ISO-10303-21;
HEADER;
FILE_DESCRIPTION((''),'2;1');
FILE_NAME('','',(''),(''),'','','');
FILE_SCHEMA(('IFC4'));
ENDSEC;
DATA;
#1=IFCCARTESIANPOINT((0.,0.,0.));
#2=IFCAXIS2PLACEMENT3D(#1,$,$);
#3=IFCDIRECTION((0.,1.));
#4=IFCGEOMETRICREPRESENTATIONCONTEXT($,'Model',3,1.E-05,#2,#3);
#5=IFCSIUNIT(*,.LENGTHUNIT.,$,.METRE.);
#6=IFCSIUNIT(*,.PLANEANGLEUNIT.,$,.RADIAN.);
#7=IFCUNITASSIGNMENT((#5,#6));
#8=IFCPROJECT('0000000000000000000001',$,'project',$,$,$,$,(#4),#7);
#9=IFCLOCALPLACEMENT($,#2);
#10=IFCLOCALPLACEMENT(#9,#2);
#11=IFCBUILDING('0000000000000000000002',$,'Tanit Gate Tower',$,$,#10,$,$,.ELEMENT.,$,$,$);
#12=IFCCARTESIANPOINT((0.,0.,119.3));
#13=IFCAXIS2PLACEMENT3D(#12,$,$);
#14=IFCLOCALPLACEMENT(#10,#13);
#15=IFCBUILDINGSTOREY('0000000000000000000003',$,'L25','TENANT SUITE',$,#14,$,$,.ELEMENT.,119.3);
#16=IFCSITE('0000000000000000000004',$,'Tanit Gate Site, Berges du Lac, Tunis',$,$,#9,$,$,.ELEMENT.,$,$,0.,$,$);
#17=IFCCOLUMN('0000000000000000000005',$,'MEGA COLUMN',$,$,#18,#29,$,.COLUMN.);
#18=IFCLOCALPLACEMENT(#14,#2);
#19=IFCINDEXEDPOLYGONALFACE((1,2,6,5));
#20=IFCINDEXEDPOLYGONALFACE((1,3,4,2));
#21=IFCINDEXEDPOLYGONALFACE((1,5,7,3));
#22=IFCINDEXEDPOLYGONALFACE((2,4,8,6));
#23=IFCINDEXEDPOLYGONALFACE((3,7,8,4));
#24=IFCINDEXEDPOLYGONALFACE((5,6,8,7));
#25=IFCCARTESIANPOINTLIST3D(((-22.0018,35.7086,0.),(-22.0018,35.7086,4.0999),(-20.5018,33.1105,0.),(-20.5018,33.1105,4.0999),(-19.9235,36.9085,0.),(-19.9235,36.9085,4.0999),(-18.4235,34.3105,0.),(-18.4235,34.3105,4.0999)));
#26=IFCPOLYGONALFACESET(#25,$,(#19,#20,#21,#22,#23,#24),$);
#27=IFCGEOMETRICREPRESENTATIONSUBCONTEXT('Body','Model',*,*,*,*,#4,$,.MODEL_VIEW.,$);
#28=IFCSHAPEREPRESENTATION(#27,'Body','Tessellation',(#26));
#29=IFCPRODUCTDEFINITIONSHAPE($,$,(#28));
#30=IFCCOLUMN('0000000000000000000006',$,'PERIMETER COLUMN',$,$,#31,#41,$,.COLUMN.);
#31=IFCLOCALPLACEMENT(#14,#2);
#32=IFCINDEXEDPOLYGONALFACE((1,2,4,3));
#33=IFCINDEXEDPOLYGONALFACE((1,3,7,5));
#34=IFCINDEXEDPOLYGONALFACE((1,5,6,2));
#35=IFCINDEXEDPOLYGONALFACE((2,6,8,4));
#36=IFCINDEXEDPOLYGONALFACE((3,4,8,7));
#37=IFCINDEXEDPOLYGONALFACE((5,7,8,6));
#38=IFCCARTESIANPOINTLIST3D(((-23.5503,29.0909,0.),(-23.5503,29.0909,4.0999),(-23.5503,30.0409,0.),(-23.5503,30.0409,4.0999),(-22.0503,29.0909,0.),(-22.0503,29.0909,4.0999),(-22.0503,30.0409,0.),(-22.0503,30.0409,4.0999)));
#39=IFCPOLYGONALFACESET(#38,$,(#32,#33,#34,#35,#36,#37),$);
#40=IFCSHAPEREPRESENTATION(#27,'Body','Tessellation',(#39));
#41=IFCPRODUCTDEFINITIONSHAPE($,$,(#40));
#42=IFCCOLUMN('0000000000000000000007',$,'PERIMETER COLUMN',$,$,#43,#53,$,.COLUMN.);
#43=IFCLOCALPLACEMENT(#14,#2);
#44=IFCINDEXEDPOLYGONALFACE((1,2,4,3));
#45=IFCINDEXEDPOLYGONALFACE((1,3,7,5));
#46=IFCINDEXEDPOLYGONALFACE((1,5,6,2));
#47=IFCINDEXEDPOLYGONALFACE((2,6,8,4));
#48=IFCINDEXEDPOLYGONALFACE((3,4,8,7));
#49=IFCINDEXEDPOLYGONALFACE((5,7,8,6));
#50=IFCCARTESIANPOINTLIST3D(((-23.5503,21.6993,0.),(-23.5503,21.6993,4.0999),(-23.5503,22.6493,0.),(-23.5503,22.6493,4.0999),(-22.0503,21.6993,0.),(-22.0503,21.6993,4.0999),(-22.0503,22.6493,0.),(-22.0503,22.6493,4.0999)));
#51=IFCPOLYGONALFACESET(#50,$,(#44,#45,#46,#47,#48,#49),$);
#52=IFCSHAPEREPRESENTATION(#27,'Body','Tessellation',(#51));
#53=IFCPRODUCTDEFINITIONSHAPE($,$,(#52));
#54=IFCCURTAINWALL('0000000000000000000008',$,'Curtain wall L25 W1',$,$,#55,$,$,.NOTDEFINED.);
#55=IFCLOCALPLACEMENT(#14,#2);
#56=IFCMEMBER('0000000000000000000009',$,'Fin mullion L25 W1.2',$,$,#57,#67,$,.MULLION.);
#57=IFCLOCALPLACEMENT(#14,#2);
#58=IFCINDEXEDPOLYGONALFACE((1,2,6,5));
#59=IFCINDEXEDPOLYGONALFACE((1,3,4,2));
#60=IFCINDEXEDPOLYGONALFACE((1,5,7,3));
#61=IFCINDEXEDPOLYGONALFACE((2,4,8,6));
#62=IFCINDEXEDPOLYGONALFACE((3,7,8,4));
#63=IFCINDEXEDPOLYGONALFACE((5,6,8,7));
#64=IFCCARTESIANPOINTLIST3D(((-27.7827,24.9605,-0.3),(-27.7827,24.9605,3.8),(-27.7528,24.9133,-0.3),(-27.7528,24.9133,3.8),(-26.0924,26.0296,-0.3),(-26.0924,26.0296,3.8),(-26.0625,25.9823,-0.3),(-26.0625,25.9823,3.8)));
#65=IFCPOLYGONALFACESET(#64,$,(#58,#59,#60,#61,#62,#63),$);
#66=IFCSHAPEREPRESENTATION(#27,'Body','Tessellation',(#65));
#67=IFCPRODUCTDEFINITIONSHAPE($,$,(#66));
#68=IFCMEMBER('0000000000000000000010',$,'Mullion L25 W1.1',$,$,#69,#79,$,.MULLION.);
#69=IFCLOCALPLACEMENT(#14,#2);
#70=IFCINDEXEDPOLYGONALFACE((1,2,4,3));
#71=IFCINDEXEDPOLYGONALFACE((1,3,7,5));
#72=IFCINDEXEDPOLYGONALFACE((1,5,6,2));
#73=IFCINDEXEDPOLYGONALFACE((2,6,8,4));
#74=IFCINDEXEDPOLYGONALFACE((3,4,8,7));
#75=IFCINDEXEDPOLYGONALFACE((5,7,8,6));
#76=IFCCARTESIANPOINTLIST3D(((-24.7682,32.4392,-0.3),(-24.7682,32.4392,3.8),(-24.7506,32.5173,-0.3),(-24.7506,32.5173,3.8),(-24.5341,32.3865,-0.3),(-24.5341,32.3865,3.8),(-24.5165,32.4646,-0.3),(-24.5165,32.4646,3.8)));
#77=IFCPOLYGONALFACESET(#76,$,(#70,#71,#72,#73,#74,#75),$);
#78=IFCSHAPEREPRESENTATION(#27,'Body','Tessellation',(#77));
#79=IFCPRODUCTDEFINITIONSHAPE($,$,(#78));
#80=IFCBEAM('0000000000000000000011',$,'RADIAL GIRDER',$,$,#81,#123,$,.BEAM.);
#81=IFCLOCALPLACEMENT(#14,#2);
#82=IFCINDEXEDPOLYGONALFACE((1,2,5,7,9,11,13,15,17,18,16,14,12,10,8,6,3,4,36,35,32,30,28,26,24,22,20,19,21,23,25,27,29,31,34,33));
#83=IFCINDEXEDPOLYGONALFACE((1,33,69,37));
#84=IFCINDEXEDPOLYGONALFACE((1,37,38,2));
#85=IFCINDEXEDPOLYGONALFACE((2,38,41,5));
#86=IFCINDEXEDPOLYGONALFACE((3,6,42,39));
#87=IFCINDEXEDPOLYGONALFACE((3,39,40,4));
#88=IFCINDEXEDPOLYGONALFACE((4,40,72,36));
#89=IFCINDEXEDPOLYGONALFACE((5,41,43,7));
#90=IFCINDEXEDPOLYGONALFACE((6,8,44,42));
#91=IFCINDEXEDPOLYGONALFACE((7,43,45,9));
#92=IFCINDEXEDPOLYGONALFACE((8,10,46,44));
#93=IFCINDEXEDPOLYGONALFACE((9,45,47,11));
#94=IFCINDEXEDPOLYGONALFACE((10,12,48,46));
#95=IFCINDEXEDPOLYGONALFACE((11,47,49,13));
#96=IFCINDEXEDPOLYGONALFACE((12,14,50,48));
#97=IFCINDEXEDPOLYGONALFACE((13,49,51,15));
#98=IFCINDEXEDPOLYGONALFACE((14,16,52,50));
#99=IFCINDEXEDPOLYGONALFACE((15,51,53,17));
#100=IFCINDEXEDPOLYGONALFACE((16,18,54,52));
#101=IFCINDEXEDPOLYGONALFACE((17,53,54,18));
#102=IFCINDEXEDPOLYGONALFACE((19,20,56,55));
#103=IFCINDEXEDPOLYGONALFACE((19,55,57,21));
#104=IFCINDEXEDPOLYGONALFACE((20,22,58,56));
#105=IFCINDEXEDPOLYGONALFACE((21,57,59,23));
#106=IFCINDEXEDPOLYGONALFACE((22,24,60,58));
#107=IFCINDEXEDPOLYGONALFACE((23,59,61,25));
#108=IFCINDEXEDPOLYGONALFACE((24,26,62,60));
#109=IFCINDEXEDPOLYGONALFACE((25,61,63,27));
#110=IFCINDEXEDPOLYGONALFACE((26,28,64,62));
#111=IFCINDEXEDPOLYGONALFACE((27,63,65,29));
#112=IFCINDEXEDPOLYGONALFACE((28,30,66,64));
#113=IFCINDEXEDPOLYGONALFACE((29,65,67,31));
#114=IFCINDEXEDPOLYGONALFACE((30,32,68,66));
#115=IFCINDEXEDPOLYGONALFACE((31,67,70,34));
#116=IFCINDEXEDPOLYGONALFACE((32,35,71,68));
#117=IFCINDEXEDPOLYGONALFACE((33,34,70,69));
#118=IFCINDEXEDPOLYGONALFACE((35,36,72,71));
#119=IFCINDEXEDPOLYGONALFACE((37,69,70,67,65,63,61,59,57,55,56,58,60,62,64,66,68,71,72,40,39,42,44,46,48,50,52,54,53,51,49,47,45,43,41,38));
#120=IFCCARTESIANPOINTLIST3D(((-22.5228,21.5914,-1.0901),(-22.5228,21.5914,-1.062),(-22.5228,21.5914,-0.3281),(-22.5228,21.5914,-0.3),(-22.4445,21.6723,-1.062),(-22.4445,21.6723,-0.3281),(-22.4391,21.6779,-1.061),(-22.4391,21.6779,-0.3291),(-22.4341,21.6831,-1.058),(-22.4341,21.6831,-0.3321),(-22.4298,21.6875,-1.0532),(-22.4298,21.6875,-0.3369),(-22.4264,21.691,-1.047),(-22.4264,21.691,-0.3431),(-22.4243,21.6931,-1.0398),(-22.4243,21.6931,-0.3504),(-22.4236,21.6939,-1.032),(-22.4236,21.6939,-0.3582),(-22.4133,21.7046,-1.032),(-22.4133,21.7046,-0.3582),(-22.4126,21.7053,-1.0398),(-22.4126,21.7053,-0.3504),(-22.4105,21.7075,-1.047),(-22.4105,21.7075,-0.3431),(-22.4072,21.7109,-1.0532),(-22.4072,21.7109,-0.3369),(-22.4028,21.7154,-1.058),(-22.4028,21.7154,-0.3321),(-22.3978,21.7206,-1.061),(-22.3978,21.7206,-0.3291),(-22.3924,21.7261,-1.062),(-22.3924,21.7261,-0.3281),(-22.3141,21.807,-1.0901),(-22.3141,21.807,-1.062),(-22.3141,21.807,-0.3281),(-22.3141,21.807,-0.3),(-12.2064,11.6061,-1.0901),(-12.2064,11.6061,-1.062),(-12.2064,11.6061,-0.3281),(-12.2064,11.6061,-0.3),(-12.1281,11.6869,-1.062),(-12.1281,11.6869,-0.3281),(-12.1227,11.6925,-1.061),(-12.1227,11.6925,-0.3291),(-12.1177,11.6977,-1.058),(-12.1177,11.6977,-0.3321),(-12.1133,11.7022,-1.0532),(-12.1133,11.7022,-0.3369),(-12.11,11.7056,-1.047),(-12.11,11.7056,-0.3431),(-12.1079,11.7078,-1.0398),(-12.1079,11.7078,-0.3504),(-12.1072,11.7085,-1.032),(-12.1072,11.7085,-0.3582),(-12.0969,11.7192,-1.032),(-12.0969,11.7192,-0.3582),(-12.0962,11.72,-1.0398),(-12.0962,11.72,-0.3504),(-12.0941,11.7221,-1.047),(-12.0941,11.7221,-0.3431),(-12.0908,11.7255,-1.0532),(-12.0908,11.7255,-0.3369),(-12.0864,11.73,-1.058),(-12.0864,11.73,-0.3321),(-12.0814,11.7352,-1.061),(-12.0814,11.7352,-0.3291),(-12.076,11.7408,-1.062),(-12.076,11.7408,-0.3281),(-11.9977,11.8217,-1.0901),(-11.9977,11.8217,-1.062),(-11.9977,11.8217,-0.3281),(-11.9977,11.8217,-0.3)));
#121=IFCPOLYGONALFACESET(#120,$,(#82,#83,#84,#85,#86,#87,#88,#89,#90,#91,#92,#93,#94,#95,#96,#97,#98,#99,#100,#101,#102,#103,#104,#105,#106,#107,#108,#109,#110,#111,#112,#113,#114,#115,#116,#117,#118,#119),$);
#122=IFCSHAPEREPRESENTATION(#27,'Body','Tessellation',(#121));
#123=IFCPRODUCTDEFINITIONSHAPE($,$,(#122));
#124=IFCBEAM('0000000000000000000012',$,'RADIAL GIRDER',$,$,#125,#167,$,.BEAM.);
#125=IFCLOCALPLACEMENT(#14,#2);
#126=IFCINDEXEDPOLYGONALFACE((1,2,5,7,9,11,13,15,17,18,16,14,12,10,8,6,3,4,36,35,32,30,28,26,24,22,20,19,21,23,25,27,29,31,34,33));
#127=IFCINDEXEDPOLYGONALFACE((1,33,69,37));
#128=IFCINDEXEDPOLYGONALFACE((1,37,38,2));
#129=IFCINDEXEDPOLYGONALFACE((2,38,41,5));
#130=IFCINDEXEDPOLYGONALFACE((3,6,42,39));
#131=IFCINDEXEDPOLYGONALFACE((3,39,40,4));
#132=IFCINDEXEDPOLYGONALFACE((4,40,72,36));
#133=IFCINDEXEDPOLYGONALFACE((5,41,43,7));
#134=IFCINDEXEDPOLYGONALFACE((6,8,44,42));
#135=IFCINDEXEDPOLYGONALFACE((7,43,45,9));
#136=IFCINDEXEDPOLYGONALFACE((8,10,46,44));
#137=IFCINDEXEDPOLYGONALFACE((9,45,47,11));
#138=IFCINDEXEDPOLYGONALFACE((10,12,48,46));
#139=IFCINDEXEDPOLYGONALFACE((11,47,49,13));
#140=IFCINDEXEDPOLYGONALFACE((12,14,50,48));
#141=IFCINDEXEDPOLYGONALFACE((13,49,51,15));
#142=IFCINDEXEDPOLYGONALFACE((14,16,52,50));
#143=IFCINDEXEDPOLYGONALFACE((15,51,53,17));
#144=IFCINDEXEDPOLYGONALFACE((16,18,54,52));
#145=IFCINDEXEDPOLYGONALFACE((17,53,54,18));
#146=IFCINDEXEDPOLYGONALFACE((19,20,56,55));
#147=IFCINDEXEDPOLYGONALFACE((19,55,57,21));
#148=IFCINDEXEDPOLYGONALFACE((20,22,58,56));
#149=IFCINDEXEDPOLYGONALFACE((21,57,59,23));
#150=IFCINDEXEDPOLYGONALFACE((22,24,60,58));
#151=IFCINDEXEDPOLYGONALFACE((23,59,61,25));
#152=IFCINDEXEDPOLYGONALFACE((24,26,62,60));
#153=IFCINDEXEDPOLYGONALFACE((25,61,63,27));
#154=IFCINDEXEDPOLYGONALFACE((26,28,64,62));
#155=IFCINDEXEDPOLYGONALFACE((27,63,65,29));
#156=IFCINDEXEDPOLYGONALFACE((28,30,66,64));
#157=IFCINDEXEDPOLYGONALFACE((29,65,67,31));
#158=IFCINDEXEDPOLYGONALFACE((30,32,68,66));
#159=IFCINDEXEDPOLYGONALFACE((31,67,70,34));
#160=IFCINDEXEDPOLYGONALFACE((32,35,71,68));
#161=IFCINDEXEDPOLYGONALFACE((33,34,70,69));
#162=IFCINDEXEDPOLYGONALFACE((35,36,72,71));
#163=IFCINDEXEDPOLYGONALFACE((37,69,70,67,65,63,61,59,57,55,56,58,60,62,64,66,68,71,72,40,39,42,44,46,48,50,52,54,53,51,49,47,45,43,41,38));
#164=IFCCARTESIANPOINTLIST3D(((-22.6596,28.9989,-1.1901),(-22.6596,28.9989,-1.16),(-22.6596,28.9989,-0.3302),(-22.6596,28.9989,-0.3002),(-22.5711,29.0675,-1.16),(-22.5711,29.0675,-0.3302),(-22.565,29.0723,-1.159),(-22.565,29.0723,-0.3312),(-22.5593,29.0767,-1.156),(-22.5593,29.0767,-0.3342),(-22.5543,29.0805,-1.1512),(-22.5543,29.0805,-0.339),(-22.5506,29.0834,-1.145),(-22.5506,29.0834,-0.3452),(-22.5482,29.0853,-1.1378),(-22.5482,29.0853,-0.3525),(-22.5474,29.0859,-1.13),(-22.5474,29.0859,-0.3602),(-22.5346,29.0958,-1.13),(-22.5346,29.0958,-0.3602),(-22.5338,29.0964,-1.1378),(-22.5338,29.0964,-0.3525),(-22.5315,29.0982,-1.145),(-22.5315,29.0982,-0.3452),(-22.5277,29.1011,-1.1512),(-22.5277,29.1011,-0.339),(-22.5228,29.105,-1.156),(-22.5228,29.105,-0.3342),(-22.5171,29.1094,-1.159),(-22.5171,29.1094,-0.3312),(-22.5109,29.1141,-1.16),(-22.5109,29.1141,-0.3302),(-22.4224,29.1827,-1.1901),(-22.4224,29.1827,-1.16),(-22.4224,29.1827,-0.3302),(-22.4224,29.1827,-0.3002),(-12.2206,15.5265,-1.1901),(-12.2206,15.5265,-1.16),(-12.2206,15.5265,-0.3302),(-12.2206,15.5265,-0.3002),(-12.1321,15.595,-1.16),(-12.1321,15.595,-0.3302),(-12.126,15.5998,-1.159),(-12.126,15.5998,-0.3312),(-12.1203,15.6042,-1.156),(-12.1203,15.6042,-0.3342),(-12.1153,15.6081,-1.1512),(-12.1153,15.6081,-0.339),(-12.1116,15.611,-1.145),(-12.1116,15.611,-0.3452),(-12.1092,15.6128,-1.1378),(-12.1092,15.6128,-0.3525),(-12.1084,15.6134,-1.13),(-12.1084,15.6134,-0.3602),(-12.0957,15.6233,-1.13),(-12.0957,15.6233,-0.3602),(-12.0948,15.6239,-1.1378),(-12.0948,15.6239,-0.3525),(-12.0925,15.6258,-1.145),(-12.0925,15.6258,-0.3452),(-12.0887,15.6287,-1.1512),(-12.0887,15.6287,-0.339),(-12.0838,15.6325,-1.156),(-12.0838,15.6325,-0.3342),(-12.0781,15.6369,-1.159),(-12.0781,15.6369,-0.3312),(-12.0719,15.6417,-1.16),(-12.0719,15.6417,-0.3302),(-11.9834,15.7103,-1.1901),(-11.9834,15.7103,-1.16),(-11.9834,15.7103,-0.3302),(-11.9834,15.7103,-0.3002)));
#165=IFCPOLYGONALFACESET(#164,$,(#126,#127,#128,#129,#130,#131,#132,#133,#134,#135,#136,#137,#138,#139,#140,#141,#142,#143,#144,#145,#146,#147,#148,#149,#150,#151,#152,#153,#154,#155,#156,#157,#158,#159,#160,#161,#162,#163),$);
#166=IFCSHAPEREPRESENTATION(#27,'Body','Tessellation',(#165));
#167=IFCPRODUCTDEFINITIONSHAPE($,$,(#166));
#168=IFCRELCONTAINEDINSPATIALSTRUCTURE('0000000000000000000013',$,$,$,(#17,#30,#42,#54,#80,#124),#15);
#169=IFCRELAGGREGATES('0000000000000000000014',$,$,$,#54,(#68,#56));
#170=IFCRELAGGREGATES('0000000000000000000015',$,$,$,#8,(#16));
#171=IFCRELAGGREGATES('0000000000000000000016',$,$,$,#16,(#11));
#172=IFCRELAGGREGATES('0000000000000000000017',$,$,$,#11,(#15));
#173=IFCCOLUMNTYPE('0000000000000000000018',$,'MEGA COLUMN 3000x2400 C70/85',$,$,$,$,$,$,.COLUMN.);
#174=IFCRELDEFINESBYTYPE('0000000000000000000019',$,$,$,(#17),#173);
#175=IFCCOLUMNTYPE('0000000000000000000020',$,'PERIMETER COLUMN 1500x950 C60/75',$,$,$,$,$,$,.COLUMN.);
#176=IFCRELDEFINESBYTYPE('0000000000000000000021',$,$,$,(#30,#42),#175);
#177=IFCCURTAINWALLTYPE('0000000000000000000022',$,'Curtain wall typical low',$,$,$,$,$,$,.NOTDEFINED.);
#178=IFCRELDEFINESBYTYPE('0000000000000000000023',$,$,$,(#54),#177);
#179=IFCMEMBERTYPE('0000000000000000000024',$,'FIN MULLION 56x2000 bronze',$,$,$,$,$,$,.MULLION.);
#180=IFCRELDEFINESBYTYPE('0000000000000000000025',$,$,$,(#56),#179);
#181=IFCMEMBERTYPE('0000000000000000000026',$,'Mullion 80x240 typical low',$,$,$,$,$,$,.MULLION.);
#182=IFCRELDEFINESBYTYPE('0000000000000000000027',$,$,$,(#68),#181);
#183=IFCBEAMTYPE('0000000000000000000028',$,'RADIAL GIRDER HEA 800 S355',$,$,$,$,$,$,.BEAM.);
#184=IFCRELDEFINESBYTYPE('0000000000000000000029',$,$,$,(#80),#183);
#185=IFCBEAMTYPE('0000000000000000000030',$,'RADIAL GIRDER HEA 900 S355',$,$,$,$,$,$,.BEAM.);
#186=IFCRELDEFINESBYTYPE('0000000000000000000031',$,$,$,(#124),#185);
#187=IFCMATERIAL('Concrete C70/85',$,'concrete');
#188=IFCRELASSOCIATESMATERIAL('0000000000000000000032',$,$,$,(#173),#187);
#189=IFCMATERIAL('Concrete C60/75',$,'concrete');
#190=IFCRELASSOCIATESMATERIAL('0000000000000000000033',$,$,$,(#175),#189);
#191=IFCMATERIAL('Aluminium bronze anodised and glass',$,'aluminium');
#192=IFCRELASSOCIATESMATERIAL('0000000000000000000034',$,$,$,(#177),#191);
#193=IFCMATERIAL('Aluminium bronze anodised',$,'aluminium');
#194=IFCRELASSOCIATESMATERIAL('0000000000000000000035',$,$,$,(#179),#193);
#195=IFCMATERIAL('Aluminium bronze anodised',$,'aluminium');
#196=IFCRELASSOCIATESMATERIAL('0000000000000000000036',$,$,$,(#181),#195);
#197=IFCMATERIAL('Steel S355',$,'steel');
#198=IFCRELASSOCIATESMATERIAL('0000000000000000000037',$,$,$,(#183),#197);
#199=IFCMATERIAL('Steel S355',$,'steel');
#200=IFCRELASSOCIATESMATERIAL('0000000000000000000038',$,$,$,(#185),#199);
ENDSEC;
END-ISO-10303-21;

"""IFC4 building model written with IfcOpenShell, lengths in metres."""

from ifc_helpers import new_model, si_unit, direction, frame, origin, origin_2d, place, context, subcontext, project, spatial, rectangle, i_section, extrude, material, material_profile, profile_set, type_object, element, aggregate, save


model = new_model("IFC4")

# Units and contexts
model_context = context("Model", 3, precision=1e-05, world=origin(), true_north=direction((0.0, 1.0)))
body_context = subcontext(model_context, "Body", "Model", "MODEL_VIEW")
ifc_project = project(units=[si_unit("LENGTHUNIT", "METRE"), si_unit("PLANEANGLEUNIT", "RADIAN")], contexts=[model_context])

# Site, building, storey
site_placement = place(None, origin())
site = spatial("IfcSite", under=ifc_project, at=site_placement, Name="Tanit Gate Site, Berges du Lac, Tunis", CompositionType="ELEMENT", RefElevation=0.0)
building_placement = place(site_placement, origin())
building = spatial("IfcBuilding", under=site, at=building_placement, Name="Tanit Gate Tower", CompositionType="ELEMENT")
storey_placement = place(building_placement, frame((0.0, 0.0, 119.3)))
storey = spatial("IfcBuildingStorey", under=building, at=storey_placement, Name="L25", Description="TENANT SUITE", CompositionType="ELEMENT", Elevation=119.3)

# Columns
ifc_material_1 = material(Name="Concrete C70/85", Category="concrete")
ifc_material_profile_1 = material_profile(ifc_material_1, rectangle(XDim=3.0, YDim=2.3999, at=origin_2d()), Name="RC 3000x2400")
ifc_profile_set_1 = profile_set([ifc_material_profile_1], Name="Concrete C70/85")
column_type_1 = type_object("IfcColumnType", Name="MEGA COLUMN 3000x2400 C70/85", PredefinedType="COLUMN", material=ifc_profile_set_1)
column_placement = place(storey_placement, frame((-20.2126, 35.0095, 0.0), z_axis=(0.0, 0.0, 1.0), x_axis=(-0.5, 0.866025, 0.0)))
element("IfcColumn", 1, at=column_placement, inside=storey, type_object=column_type_1, Name="MEGA COLUMN", PredefinedType="COLUMN", context=body_context, shape_type="SweptSolid", body=[
    extrude(rectangle(XDim=3.0, YDim=2.3999, at=origin_2d()), origin(), (0.0, 0.0, 1.0), 4.0999),
])
ifc_material_2 = material(Name="Concrete C60/75", Category="concrete")
ifc_material_profile_2 = material_profile(ifc_material_2, rectangle(XDim=1.5, YDim=0.95, at=origin_2d()), Name="RC 1500x950")
ifc_profile_set_2 = profile_set([ifc_material_profile_2], Name="Concrete C60/75")
column_type_2 = type_object("IfcColumnType", Name="PERIMETER COLUMN 1500x950 C60/75", PredefinedType="COLUMN", material=ifc_profile_set_2)
for number, where, z_axis, x_axis, name in (
    (2, (-22.8003, 29.5659, 0.0), (0.0, 0.0, 1.0), (-1.0, 0.0, 0.0), "PERIMETER COLUMN"),
    (3, (-22.8003, 22.1743, 0.0), (0.0, 0.0, 1.0), (-1.0, 0.0, 0.0), "PERIMETER COLUMN"),
):
    element("IfcColumn", number, at=place(storey_placement, frame(where, z_axis=z_axis, x_axis=x_axis)), inside=storey, type_object=column_type_2, Name=name, PredefinedType="COLUMN", context=body_context, shape_type="SweptSolid", body=[
        extrude(rectangle(XDim=1.5, YDim=0.95, at=origin_2d()), origin(), (0.0, 0.0, 1.0), 4.0999),
    ])

# Curtain wall, members
ifc_material_3 = material(Name="Aluminium bronze anodised and glass", Category="aluminium")
curtain_wall_type = type_object("IfcCurtainWallType", Name="Curtain wall typical low", PredefinedType="NOTDEFINED", material=ifc_material_3)
curtain_wall_placement = place(storey_placement, origin())
curtain_wall = element("IfcCurtainWall", 4, at=curtain_wall_placement, inside=storey, type_object=curtain_wall_type, Name="Curtain wall L25 W1", PredefinedType="NOTDEFINED")
ifc_material_4 = material(Name="Aluminium bronze anodised", Category="aluminium")
ifc_material_profile_3 = material_profile(ifc_material_4, rectangle(XDim=2.0, YDim=0.0559, at=origin_2d()), Name="56x2000 bronze fin mullion")
ifc_profile_set_3 = profile_set([ifc_material_profile_3], Name="Aluminium bronze anodised")
member_type_1 = type_object("IfcMemberType", Name="FIN MULLION 56x2000 bronze", PredefinedType="MULLION", material=ifc_profile_set_3)
member_1_placement = place(storey_placement, frame((-26.9226, 25.4714, -0.3), z_axis=(0.0, 0.0, 1.0), x_axis=(0.845158, 0.534516, 0.0)))
member_1 = element("IfcMember", 5, at=member_1_placement, type_object=member_type_1, Name="Fin mullion L25 W1.2", PredefinedType="MULLION", context=body_context, shape_type="SweptSolid", body=[
    extrude(rectangle(XDim=2.0, YDim=0.0559, at=origin_2d()), origin(), (0.0, 0.0, 1.0), 4.1001),
])
ifc_material_5 = material(Name="Aluminium bronze anodised", Category="aluminium")
ifc_material_profile_4 = material_profile(ifc_material_5, rectangle(XDim=0.24, YDim=0.0801, at=origin_2d()), Name="80x240 bronze mullion")
ifc_profile_set_4 = profile_set([ifc_material_profile_4], Name="Aluminium bronze anodised")
member_type_2 = type_object("IfcMemberType", Name="Mullion 80x240 typical low", PredefinedType="MULLION", material=ifc_profile_set_4)
member_2_placement = place(storey_placement, frame((-24.6423, 32.4519, -0.3), z_axis=(0.0, 0.0, 1.0), x_axis=(0.975577, -0.219657, 0.0)))
member_2 = element("IfcMember", 6, at=member_2_placement, type_object=member_type_2, Name="Mullion L25 W1.1", PredefinedType="MULLION", context=body_context, shape_type="SweptSolid", body=[
    extrude(rectangle(XDim=0.24, YDim=0.0801, at=origin_2d()), origin(), (0.0, 0.0, 1.0), 4.1001),
])

# Beams
ifc_material_6 = material(Name="Steel S355", Category="steel")
ifc_material_profile_5 = material_profile(ifc_material_6, i_section(OverallWidth=0.3, OverallDepth=0.79, WebThickness=0.0149, FlangeThickness=0.0281, FilletRadius=0.03, at=origin_2d()), Name="HEA 800")
ifc_profile_set_5 = profile_set([ifc_material_profile_5], Name="Steel S355")
beam_type_1 = type_object("IfcBeamType", Name="RADIAL GIRDER HEA 800 S355", PredefinedType="BEAM", material=ifc_profile_set_5)
beam_1_placement = place(storey_placement, frame((-22.4185, 21.6992, -0.6951), z_axis=(0.718542, -0.695484, 0.0), x_axis=(0.695484, 0.718542, 0.0)))
element("IfcBeam", 7, at=beam_1_placement, inside=storey, type_object=beam_type_1, Name="RADIAL GIRDER", PredefinedType="BEAM", context=body_context, shape_type="SweptSolid", body=[
    extrude(i_section(OverallWidth=0.3, OverallDepth=0.79, WebThickness=0.0149, FlangeThickness=0.0281, FilletRadius=0.03, at=origin_2d()), origin(), (0.0, 0.0, 1.0), 14.3574),
])
ifc_material_7 = material(Name="Steel S355", Category="steel")
ifc_material_profile_6 = material_profile(ifc_material_7, i_section(OverallWidth=0.3, OverallDepth=0.8899, WebThickness=0.0161, FlangeThickness=0.03, FilletRadius=0.03, at=origin_2d()), Name="HEA 900")
ifc_profile_set_6 = profile_set([ifc_material_profile_6], Name="Steel S355")
beam_type_2 = type_object("IfcBeamType", Name="RADIAL GIRDER HEA 900 S355", PredefinedType="BEAM", material=ifc_profile_set_6)
beam_2_placement = place(storey_placement, frame((-22.541, 29.0908, -0.7451), z_axis=(0.612493, -0.790476, 0.0), x_axis=(0.790476, 0.612493, 0.0)))
element("IfcBeam", 8, at=beam_2_placement, inside=storey, type_object=beam_type_2, Name="RADIAL GIRDER", PredefinedType="BEAM", context=body_context, shape_type="SweptSolid", body=[
    extrude(i_section(OverallWidth=0.3, OverallDepth=0.8899, WebThickness=0.0161, FlangeThickness=0.03, FilletRadius=0.03, at=origin_2d()), origin(), (0.0, 0.0, 1.0), 17.0435),
])

aggregate(curtain_wall, [member_2, member_1])

save(model, "model.ifc")
